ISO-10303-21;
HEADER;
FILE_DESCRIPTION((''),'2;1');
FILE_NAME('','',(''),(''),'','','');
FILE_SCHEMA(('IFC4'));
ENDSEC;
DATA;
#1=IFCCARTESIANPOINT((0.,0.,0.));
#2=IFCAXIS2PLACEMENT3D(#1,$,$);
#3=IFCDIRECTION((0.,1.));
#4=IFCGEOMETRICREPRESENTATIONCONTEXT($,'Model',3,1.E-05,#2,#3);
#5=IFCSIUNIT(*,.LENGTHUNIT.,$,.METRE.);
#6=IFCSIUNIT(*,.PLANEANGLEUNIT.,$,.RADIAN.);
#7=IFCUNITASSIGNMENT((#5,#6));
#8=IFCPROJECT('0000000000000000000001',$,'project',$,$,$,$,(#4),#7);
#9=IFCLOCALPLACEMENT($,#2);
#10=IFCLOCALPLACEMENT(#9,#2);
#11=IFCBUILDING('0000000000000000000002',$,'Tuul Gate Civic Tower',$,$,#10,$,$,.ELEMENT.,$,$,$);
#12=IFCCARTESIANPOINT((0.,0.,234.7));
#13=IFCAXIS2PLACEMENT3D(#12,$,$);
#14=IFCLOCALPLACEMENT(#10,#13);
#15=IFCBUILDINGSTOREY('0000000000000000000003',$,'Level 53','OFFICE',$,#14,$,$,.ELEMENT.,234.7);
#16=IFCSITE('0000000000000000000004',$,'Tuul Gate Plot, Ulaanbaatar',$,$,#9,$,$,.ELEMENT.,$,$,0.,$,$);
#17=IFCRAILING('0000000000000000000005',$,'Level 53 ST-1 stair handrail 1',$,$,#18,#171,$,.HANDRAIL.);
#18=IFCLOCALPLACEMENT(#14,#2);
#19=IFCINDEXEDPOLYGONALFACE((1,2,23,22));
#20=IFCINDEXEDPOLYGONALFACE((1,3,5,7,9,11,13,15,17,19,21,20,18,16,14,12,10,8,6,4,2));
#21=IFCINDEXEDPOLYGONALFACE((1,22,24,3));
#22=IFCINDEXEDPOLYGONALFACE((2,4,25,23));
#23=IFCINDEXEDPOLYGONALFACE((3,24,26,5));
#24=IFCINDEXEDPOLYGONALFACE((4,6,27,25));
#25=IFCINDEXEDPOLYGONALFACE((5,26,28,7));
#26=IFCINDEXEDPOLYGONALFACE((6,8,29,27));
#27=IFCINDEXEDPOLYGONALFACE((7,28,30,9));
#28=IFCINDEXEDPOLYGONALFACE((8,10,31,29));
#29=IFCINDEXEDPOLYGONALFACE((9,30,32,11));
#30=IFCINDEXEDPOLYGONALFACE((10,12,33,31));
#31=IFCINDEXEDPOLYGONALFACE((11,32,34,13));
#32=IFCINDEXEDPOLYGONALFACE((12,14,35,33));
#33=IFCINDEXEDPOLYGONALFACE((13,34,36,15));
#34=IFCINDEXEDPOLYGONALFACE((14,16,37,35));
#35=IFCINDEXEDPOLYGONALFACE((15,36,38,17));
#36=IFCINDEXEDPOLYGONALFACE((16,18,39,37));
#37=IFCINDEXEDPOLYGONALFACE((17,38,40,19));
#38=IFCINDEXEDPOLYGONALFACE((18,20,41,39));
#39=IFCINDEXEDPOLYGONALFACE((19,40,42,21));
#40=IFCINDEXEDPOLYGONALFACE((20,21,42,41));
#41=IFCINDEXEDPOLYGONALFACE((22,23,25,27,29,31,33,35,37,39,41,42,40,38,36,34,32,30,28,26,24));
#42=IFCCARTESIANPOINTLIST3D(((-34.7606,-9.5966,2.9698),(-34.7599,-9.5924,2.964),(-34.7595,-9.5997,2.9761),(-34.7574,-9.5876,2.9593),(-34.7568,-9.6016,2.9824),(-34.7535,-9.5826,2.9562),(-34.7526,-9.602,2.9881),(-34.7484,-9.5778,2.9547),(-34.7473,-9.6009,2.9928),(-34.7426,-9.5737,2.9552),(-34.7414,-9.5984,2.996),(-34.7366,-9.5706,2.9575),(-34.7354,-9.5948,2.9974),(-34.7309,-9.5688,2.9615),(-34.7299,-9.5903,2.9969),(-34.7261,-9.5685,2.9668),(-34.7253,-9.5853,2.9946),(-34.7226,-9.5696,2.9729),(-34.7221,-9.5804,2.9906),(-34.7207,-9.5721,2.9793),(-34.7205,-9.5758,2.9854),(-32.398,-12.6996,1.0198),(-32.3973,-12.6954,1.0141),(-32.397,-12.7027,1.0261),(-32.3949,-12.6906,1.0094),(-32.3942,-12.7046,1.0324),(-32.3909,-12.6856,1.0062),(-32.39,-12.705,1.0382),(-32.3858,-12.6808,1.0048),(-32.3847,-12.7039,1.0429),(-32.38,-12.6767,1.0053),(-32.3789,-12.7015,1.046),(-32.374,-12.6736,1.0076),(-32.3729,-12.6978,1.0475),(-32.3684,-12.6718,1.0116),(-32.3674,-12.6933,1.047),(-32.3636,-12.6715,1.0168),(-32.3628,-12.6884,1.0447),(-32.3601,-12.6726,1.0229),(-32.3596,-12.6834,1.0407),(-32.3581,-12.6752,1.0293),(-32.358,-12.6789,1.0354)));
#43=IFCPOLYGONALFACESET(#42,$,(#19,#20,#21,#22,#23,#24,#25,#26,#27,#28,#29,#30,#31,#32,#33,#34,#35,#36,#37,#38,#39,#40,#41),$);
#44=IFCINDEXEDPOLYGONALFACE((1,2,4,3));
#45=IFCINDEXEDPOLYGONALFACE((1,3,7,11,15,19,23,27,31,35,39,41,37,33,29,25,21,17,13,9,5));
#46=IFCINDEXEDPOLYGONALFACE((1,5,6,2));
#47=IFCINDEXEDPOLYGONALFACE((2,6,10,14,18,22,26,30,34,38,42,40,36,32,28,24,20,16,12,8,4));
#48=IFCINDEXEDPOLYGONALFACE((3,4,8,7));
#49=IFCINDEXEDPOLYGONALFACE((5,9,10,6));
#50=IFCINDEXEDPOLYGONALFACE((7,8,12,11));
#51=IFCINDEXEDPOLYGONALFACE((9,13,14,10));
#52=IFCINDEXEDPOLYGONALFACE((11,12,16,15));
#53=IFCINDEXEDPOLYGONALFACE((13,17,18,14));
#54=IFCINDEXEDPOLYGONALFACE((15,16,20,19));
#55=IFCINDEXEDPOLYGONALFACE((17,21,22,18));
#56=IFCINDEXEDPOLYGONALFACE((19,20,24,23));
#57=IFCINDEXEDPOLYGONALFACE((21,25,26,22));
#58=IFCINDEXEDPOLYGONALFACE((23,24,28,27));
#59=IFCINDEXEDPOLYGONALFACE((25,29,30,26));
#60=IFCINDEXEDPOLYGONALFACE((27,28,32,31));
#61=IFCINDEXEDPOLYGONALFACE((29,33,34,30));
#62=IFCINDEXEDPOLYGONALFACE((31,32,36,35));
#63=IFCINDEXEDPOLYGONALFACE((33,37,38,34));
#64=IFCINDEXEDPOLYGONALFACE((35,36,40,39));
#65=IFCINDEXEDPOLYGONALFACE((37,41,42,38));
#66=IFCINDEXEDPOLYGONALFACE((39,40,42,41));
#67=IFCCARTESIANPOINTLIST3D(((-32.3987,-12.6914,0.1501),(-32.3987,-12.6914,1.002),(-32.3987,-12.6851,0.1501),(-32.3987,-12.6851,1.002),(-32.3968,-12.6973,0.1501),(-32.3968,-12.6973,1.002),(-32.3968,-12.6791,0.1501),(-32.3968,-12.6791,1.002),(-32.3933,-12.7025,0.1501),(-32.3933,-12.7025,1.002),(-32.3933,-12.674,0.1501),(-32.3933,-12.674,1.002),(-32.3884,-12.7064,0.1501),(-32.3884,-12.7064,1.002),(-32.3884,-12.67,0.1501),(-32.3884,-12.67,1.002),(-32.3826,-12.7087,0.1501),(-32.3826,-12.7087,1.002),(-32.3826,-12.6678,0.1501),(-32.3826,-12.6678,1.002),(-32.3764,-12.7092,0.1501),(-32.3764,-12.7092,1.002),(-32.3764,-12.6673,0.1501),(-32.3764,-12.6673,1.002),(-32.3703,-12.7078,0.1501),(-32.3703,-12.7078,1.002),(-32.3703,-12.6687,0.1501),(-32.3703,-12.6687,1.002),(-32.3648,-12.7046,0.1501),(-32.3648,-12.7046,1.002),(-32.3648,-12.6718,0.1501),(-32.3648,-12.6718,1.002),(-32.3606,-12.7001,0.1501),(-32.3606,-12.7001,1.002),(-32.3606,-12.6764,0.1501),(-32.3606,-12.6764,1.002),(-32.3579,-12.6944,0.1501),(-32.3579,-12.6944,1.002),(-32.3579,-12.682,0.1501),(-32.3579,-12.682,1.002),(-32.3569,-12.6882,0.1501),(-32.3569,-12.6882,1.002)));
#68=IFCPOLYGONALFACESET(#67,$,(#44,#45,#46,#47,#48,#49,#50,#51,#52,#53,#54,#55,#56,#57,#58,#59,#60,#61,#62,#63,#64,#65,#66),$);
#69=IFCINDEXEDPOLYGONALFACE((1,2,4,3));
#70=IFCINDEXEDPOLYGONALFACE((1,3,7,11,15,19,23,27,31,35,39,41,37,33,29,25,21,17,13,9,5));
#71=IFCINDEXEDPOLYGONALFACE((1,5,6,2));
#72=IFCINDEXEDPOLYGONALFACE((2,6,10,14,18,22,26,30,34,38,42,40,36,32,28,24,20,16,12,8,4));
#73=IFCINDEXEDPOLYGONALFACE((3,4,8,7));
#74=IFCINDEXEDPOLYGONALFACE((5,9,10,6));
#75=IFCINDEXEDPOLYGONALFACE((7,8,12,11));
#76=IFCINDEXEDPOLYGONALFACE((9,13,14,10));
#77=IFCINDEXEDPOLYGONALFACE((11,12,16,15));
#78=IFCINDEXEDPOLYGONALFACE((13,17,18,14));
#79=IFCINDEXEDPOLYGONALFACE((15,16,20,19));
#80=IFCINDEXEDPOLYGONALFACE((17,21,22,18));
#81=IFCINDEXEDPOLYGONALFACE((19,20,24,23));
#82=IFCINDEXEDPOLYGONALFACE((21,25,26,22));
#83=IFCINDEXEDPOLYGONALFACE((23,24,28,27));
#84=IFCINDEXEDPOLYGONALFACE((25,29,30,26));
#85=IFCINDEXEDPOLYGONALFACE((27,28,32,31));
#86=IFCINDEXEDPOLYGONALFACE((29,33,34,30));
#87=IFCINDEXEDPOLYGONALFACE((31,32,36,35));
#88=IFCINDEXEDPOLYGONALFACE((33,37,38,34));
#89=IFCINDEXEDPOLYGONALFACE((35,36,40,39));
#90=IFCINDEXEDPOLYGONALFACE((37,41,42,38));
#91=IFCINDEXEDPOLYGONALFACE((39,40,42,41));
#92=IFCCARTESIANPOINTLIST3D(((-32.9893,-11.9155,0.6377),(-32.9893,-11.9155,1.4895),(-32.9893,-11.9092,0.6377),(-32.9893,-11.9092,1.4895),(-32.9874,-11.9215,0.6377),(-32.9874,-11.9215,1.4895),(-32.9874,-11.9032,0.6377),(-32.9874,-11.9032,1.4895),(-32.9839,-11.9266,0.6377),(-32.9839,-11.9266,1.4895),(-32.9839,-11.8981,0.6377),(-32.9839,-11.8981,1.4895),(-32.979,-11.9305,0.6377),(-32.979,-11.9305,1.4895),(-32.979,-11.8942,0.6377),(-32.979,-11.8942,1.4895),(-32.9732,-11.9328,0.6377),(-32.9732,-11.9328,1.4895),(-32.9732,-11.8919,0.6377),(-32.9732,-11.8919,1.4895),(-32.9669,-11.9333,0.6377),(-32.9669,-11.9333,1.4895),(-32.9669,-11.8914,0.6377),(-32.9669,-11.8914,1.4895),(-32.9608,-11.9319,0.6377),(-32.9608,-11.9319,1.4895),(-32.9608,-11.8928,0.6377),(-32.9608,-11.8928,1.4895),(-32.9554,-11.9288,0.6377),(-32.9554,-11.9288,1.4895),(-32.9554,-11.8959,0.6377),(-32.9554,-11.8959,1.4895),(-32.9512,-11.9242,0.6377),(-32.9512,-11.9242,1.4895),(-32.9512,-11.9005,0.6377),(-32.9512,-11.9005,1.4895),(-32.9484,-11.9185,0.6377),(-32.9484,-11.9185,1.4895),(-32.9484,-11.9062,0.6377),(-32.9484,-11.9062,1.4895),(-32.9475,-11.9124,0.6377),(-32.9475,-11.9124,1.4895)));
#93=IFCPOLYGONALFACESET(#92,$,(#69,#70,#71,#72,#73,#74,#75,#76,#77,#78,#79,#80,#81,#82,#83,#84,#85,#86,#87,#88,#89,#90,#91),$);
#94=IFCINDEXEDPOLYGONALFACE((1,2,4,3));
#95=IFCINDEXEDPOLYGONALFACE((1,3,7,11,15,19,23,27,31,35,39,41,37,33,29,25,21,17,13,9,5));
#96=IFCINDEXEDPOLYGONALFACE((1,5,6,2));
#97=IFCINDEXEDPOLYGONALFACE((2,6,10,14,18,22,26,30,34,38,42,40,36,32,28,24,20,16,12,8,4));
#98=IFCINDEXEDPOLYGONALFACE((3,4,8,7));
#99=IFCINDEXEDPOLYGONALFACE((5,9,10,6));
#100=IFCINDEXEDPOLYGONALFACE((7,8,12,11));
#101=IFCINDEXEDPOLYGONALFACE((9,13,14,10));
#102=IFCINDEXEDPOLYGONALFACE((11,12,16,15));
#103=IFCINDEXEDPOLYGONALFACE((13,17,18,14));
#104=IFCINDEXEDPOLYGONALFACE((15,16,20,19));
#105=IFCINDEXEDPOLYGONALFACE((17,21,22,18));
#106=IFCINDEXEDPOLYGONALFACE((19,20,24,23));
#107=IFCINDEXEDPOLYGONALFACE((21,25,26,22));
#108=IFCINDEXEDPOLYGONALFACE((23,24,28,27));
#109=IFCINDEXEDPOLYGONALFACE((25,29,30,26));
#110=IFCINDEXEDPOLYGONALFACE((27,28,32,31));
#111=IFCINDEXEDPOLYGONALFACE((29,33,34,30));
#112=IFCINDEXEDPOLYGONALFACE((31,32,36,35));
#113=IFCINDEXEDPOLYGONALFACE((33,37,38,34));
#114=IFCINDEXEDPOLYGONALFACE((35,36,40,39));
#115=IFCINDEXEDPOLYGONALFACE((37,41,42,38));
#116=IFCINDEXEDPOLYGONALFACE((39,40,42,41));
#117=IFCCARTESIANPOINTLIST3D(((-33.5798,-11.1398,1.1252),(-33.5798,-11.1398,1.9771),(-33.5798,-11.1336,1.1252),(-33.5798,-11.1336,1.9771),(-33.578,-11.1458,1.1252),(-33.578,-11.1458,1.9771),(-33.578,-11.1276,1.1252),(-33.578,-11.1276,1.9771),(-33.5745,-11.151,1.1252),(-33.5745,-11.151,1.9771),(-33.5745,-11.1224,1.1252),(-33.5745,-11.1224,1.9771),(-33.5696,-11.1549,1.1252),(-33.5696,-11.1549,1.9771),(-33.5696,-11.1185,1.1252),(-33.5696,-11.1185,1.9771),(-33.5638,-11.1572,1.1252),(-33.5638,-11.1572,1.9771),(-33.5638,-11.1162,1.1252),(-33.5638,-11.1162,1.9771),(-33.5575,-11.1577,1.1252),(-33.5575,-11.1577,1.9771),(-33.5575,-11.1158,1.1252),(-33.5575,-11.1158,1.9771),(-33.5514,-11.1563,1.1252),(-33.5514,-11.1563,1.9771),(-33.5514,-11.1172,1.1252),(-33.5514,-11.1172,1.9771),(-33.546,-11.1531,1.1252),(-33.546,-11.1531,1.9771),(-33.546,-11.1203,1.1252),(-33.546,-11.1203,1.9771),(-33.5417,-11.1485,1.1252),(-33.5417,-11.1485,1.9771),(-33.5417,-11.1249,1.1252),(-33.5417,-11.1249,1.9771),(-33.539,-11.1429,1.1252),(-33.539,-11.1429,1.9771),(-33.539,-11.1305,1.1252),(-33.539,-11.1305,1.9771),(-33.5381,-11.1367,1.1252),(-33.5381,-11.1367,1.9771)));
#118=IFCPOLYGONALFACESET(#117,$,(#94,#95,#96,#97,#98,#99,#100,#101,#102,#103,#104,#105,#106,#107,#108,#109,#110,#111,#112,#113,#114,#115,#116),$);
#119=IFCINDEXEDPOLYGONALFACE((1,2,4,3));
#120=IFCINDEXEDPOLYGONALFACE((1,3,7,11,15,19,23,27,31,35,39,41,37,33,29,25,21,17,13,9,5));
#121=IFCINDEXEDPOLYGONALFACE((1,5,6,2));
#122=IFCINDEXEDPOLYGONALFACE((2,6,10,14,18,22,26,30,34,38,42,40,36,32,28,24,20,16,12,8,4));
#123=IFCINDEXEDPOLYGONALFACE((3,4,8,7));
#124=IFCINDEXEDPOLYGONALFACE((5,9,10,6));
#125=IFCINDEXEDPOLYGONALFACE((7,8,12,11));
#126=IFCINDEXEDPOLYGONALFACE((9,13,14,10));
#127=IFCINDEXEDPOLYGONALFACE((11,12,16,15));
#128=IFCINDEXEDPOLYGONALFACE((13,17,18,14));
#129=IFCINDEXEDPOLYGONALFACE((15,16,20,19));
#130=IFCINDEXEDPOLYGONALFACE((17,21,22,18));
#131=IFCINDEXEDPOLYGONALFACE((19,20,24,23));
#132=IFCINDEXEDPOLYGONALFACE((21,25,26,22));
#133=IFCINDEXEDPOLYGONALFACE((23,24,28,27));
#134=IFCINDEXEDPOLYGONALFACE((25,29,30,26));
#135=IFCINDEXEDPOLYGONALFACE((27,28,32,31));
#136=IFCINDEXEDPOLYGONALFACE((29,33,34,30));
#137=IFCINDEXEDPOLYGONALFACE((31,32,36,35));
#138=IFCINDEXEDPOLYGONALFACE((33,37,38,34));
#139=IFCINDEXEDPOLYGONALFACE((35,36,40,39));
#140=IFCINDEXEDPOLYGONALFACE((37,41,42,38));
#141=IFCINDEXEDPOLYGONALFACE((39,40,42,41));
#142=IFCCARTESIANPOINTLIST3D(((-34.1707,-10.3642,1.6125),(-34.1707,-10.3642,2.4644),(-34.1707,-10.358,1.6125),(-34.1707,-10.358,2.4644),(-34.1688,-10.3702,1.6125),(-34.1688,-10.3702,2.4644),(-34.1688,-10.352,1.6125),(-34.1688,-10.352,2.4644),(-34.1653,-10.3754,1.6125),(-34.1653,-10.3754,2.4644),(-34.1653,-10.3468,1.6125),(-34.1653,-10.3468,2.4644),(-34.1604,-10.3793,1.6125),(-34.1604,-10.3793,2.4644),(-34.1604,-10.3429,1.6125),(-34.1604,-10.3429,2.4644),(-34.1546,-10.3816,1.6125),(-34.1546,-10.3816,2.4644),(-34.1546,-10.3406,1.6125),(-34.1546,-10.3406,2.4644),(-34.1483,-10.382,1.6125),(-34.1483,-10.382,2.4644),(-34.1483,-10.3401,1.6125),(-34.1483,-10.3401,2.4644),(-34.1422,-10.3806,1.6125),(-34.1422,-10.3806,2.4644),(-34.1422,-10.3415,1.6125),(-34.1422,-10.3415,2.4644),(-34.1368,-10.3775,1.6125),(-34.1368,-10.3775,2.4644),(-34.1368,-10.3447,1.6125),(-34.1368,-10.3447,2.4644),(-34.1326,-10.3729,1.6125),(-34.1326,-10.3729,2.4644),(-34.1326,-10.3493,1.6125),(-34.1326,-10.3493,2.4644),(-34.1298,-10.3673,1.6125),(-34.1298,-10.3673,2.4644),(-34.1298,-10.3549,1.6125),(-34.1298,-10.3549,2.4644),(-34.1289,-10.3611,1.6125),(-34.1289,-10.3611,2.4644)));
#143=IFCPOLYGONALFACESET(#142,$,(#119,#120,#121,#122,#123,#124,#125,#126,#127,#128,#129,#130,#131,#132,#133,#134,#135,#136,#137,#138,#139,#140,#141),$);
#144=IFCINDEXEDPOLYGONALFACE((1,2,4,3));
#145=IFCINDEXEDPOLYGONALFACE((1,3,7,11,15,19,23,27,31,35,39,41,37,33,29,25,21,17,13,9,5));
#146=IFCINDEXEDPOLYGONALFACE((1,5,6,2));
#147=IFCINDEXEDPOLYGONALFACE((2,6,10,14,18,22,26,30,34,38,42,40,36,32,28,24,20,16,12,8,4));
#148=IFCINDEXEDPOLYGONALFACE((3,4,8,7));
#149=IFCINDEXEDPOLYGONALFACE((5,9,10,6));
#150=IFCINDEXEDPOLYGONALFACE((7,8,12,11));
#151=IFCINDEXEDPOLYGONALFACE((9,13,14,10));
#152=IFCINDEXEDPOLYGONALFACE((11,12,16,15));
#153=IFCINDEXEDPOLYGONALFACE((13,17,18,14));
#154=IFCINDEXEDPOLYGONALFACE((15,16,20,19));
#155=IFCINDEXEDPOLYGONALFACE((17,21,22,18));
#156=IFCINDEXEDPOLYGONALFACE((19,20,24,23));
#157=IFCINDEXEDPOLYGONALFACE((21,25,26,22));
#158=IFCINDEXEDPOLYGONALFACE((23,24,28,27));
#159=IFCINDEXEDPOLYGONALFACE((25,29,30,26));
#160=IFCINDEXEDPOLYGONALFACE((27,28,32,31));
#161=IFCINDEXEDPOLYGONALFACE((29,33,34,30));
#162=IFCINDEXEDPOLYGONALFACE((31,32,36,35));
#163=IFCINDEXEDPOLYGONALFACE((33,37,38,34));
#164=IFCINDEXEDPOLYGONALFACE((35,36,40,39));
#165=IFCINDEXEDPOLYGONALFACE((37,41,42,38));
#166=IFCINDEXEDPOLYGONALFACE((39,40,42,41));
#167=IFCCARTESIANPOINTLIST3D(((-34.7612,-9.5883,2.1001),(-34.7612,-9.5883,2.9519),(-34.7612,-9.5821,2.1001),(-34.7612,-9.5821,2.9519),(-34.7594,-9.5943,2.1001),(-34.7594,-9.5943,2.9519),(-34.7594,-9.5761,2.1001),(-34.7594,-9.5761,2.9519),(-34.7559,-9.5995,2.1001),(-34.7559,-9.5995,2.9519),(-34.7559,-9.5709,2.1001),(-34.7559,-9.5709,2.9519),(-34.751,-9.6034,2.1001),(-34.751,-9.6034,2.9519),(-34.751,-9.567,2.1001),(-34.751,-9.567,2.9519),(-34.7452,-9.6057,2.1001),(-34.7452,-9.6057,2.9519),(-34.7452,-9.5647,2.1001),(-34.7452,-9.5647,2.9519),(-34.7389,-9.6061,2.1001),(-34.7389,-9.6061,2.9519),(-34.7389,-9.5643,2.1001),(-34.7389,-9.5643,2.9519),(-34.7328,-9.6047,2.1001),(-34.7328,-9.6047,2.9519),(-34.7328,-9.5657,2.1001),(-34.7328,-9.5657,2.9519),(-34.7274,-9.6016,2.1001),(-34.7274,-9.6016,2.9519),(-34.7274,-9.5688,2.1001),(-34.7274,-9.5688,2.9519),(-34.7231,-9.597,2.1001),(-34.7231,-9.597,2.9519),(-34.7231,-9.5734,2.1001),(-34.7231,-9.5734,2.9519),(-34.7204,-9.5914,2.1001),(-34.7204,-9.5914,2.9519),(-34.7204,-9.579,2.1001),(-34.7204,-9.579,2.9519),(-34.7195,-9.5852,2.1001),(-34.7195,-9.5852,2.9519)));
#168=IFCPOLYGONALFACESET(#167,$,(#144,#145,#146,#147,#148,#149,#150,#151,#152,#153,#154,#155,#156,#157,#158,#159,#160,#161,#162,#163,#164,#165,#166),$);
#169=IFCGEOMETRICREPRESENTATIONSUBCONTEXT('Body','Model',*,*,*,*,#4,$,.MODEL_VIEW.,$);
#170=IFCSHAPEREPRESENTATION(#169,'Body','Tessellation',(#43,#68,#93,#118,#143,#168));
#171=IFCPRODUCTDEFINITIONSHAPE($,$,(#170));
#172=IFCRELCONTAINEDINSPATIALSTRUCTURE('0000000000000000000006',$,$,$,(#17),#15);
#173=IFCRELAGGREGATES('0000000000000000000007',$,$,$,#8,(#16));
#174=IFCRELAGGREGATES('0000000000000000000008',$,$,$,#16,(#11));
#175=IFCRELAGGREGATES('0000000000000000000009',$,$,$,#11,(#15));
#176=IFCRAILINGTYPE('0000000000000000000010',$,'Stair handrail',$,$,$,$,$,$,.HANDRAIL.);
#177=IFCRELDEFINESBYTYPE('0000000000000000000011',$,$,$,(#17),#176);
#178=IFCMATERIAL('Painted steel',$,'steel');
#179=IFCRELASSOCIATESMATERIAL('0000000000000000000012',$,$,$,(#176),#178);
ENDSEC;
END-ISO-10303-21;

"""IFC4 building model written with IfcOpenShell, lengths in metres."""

from ifc_helpers import new_model, si_unit, direction, frame, origin, origin_2d, place, context, subcontext, project, spatial, circle, extrude, material, type_object, element, save


model = new_model("IFC4")

# Units and contexts
model_context = context("Model", 3, precision=1e-05, world=origin(), true_north=direction((0.0, 1.0)))
body_context = subcontext(model_context, "Body", "Model", "MODEL_VIEW")
ifc_project = project(units=[si_unit("LENGTHUNIT", "METRE"), si_unit("PLANEANGLEUNIT", "RADIAN")], contexts=[model_context])

# Site, building, storey
site_placement = place(None, origin())
site = spatial("IfcSite", under=ifc_project, at=site_placement, Name="Tuul Gate Plot, Ulaanbaatar", CompositionType="ELEMENT", RefElevation=0.0)
building_placement = place(site_placement, origin())
building = spatial("IfcBuilding", under=site, at=building_placement, Name="Tuul Gate Civic Tower", CompositionType="ELEMENT")
storey_placement = place(building_placement, frame((0.0, 0.0, 234.7)))
storey = spatial("IfcBuildingStorey", under=building, at=storey_placement, Name="Level 53", Description="OFFICE", CompositionType="ELEMENT", Elevation=234.7)

# Railing
ifc_material_1 = material(Name="Painted steel", Category="steel")
railing_type_1 = type_object("IfcRailingType", Name="Stair handrail", PredefinedType="HANDRAIL", material=ifc_material_1)
railing_1_placement = place(storey_placement, frame((-32.3779, -12.6882, 0.1501)))
element("IfcRailing", 1, at=railing_1_placement, inside=storey, type_object=railing_type_1, Name="Level 53 ST-1 stair handrail 1", PredefinedType="HANDRAIL", context=body_context, shape_type="SweptSolid", body=[
    extrude(circle(Radius=0.0239, at=origin_2d()), frame((0.0, 0.0, 0.876), z_axis=(-0.541824, 0.711645, 0.4472), x_axis=(-0.795637, -0.605773, 0.0)), (0.0, 0.0, 1.0), 4.3604),
    extrude(circle(Radius=0.021, at=origin_2d()), origin(), (0.0, 0.0, 1.0), 0.8518),
    extrude(circle(Radius=0.021, at=origin_2d()), frame((-0.5906, 0.7759, 0.4875)), (0.0, 0.0, 1.0), 0.8518),
    extrude(circle(Radius=0.021, at=origin_2d()), frame((-1.1812, 1.5515, 0.9751)), (0.0, 0.0, 1.0), 0.8518),
    extrude(circle(Radius=0.021, at=origin_2d()), frame((-1.772, 2.3271, 1.4624)), (0.0, 0.0, 1.0), 0.8518),
    extrude(circle(Radius=0.021, at=origin_2d()), frame((-2.3625, 3.103, 1.95)), (0.0, 0.0, 1.0), 0.8518),
])

save(model, "model.ifc")
